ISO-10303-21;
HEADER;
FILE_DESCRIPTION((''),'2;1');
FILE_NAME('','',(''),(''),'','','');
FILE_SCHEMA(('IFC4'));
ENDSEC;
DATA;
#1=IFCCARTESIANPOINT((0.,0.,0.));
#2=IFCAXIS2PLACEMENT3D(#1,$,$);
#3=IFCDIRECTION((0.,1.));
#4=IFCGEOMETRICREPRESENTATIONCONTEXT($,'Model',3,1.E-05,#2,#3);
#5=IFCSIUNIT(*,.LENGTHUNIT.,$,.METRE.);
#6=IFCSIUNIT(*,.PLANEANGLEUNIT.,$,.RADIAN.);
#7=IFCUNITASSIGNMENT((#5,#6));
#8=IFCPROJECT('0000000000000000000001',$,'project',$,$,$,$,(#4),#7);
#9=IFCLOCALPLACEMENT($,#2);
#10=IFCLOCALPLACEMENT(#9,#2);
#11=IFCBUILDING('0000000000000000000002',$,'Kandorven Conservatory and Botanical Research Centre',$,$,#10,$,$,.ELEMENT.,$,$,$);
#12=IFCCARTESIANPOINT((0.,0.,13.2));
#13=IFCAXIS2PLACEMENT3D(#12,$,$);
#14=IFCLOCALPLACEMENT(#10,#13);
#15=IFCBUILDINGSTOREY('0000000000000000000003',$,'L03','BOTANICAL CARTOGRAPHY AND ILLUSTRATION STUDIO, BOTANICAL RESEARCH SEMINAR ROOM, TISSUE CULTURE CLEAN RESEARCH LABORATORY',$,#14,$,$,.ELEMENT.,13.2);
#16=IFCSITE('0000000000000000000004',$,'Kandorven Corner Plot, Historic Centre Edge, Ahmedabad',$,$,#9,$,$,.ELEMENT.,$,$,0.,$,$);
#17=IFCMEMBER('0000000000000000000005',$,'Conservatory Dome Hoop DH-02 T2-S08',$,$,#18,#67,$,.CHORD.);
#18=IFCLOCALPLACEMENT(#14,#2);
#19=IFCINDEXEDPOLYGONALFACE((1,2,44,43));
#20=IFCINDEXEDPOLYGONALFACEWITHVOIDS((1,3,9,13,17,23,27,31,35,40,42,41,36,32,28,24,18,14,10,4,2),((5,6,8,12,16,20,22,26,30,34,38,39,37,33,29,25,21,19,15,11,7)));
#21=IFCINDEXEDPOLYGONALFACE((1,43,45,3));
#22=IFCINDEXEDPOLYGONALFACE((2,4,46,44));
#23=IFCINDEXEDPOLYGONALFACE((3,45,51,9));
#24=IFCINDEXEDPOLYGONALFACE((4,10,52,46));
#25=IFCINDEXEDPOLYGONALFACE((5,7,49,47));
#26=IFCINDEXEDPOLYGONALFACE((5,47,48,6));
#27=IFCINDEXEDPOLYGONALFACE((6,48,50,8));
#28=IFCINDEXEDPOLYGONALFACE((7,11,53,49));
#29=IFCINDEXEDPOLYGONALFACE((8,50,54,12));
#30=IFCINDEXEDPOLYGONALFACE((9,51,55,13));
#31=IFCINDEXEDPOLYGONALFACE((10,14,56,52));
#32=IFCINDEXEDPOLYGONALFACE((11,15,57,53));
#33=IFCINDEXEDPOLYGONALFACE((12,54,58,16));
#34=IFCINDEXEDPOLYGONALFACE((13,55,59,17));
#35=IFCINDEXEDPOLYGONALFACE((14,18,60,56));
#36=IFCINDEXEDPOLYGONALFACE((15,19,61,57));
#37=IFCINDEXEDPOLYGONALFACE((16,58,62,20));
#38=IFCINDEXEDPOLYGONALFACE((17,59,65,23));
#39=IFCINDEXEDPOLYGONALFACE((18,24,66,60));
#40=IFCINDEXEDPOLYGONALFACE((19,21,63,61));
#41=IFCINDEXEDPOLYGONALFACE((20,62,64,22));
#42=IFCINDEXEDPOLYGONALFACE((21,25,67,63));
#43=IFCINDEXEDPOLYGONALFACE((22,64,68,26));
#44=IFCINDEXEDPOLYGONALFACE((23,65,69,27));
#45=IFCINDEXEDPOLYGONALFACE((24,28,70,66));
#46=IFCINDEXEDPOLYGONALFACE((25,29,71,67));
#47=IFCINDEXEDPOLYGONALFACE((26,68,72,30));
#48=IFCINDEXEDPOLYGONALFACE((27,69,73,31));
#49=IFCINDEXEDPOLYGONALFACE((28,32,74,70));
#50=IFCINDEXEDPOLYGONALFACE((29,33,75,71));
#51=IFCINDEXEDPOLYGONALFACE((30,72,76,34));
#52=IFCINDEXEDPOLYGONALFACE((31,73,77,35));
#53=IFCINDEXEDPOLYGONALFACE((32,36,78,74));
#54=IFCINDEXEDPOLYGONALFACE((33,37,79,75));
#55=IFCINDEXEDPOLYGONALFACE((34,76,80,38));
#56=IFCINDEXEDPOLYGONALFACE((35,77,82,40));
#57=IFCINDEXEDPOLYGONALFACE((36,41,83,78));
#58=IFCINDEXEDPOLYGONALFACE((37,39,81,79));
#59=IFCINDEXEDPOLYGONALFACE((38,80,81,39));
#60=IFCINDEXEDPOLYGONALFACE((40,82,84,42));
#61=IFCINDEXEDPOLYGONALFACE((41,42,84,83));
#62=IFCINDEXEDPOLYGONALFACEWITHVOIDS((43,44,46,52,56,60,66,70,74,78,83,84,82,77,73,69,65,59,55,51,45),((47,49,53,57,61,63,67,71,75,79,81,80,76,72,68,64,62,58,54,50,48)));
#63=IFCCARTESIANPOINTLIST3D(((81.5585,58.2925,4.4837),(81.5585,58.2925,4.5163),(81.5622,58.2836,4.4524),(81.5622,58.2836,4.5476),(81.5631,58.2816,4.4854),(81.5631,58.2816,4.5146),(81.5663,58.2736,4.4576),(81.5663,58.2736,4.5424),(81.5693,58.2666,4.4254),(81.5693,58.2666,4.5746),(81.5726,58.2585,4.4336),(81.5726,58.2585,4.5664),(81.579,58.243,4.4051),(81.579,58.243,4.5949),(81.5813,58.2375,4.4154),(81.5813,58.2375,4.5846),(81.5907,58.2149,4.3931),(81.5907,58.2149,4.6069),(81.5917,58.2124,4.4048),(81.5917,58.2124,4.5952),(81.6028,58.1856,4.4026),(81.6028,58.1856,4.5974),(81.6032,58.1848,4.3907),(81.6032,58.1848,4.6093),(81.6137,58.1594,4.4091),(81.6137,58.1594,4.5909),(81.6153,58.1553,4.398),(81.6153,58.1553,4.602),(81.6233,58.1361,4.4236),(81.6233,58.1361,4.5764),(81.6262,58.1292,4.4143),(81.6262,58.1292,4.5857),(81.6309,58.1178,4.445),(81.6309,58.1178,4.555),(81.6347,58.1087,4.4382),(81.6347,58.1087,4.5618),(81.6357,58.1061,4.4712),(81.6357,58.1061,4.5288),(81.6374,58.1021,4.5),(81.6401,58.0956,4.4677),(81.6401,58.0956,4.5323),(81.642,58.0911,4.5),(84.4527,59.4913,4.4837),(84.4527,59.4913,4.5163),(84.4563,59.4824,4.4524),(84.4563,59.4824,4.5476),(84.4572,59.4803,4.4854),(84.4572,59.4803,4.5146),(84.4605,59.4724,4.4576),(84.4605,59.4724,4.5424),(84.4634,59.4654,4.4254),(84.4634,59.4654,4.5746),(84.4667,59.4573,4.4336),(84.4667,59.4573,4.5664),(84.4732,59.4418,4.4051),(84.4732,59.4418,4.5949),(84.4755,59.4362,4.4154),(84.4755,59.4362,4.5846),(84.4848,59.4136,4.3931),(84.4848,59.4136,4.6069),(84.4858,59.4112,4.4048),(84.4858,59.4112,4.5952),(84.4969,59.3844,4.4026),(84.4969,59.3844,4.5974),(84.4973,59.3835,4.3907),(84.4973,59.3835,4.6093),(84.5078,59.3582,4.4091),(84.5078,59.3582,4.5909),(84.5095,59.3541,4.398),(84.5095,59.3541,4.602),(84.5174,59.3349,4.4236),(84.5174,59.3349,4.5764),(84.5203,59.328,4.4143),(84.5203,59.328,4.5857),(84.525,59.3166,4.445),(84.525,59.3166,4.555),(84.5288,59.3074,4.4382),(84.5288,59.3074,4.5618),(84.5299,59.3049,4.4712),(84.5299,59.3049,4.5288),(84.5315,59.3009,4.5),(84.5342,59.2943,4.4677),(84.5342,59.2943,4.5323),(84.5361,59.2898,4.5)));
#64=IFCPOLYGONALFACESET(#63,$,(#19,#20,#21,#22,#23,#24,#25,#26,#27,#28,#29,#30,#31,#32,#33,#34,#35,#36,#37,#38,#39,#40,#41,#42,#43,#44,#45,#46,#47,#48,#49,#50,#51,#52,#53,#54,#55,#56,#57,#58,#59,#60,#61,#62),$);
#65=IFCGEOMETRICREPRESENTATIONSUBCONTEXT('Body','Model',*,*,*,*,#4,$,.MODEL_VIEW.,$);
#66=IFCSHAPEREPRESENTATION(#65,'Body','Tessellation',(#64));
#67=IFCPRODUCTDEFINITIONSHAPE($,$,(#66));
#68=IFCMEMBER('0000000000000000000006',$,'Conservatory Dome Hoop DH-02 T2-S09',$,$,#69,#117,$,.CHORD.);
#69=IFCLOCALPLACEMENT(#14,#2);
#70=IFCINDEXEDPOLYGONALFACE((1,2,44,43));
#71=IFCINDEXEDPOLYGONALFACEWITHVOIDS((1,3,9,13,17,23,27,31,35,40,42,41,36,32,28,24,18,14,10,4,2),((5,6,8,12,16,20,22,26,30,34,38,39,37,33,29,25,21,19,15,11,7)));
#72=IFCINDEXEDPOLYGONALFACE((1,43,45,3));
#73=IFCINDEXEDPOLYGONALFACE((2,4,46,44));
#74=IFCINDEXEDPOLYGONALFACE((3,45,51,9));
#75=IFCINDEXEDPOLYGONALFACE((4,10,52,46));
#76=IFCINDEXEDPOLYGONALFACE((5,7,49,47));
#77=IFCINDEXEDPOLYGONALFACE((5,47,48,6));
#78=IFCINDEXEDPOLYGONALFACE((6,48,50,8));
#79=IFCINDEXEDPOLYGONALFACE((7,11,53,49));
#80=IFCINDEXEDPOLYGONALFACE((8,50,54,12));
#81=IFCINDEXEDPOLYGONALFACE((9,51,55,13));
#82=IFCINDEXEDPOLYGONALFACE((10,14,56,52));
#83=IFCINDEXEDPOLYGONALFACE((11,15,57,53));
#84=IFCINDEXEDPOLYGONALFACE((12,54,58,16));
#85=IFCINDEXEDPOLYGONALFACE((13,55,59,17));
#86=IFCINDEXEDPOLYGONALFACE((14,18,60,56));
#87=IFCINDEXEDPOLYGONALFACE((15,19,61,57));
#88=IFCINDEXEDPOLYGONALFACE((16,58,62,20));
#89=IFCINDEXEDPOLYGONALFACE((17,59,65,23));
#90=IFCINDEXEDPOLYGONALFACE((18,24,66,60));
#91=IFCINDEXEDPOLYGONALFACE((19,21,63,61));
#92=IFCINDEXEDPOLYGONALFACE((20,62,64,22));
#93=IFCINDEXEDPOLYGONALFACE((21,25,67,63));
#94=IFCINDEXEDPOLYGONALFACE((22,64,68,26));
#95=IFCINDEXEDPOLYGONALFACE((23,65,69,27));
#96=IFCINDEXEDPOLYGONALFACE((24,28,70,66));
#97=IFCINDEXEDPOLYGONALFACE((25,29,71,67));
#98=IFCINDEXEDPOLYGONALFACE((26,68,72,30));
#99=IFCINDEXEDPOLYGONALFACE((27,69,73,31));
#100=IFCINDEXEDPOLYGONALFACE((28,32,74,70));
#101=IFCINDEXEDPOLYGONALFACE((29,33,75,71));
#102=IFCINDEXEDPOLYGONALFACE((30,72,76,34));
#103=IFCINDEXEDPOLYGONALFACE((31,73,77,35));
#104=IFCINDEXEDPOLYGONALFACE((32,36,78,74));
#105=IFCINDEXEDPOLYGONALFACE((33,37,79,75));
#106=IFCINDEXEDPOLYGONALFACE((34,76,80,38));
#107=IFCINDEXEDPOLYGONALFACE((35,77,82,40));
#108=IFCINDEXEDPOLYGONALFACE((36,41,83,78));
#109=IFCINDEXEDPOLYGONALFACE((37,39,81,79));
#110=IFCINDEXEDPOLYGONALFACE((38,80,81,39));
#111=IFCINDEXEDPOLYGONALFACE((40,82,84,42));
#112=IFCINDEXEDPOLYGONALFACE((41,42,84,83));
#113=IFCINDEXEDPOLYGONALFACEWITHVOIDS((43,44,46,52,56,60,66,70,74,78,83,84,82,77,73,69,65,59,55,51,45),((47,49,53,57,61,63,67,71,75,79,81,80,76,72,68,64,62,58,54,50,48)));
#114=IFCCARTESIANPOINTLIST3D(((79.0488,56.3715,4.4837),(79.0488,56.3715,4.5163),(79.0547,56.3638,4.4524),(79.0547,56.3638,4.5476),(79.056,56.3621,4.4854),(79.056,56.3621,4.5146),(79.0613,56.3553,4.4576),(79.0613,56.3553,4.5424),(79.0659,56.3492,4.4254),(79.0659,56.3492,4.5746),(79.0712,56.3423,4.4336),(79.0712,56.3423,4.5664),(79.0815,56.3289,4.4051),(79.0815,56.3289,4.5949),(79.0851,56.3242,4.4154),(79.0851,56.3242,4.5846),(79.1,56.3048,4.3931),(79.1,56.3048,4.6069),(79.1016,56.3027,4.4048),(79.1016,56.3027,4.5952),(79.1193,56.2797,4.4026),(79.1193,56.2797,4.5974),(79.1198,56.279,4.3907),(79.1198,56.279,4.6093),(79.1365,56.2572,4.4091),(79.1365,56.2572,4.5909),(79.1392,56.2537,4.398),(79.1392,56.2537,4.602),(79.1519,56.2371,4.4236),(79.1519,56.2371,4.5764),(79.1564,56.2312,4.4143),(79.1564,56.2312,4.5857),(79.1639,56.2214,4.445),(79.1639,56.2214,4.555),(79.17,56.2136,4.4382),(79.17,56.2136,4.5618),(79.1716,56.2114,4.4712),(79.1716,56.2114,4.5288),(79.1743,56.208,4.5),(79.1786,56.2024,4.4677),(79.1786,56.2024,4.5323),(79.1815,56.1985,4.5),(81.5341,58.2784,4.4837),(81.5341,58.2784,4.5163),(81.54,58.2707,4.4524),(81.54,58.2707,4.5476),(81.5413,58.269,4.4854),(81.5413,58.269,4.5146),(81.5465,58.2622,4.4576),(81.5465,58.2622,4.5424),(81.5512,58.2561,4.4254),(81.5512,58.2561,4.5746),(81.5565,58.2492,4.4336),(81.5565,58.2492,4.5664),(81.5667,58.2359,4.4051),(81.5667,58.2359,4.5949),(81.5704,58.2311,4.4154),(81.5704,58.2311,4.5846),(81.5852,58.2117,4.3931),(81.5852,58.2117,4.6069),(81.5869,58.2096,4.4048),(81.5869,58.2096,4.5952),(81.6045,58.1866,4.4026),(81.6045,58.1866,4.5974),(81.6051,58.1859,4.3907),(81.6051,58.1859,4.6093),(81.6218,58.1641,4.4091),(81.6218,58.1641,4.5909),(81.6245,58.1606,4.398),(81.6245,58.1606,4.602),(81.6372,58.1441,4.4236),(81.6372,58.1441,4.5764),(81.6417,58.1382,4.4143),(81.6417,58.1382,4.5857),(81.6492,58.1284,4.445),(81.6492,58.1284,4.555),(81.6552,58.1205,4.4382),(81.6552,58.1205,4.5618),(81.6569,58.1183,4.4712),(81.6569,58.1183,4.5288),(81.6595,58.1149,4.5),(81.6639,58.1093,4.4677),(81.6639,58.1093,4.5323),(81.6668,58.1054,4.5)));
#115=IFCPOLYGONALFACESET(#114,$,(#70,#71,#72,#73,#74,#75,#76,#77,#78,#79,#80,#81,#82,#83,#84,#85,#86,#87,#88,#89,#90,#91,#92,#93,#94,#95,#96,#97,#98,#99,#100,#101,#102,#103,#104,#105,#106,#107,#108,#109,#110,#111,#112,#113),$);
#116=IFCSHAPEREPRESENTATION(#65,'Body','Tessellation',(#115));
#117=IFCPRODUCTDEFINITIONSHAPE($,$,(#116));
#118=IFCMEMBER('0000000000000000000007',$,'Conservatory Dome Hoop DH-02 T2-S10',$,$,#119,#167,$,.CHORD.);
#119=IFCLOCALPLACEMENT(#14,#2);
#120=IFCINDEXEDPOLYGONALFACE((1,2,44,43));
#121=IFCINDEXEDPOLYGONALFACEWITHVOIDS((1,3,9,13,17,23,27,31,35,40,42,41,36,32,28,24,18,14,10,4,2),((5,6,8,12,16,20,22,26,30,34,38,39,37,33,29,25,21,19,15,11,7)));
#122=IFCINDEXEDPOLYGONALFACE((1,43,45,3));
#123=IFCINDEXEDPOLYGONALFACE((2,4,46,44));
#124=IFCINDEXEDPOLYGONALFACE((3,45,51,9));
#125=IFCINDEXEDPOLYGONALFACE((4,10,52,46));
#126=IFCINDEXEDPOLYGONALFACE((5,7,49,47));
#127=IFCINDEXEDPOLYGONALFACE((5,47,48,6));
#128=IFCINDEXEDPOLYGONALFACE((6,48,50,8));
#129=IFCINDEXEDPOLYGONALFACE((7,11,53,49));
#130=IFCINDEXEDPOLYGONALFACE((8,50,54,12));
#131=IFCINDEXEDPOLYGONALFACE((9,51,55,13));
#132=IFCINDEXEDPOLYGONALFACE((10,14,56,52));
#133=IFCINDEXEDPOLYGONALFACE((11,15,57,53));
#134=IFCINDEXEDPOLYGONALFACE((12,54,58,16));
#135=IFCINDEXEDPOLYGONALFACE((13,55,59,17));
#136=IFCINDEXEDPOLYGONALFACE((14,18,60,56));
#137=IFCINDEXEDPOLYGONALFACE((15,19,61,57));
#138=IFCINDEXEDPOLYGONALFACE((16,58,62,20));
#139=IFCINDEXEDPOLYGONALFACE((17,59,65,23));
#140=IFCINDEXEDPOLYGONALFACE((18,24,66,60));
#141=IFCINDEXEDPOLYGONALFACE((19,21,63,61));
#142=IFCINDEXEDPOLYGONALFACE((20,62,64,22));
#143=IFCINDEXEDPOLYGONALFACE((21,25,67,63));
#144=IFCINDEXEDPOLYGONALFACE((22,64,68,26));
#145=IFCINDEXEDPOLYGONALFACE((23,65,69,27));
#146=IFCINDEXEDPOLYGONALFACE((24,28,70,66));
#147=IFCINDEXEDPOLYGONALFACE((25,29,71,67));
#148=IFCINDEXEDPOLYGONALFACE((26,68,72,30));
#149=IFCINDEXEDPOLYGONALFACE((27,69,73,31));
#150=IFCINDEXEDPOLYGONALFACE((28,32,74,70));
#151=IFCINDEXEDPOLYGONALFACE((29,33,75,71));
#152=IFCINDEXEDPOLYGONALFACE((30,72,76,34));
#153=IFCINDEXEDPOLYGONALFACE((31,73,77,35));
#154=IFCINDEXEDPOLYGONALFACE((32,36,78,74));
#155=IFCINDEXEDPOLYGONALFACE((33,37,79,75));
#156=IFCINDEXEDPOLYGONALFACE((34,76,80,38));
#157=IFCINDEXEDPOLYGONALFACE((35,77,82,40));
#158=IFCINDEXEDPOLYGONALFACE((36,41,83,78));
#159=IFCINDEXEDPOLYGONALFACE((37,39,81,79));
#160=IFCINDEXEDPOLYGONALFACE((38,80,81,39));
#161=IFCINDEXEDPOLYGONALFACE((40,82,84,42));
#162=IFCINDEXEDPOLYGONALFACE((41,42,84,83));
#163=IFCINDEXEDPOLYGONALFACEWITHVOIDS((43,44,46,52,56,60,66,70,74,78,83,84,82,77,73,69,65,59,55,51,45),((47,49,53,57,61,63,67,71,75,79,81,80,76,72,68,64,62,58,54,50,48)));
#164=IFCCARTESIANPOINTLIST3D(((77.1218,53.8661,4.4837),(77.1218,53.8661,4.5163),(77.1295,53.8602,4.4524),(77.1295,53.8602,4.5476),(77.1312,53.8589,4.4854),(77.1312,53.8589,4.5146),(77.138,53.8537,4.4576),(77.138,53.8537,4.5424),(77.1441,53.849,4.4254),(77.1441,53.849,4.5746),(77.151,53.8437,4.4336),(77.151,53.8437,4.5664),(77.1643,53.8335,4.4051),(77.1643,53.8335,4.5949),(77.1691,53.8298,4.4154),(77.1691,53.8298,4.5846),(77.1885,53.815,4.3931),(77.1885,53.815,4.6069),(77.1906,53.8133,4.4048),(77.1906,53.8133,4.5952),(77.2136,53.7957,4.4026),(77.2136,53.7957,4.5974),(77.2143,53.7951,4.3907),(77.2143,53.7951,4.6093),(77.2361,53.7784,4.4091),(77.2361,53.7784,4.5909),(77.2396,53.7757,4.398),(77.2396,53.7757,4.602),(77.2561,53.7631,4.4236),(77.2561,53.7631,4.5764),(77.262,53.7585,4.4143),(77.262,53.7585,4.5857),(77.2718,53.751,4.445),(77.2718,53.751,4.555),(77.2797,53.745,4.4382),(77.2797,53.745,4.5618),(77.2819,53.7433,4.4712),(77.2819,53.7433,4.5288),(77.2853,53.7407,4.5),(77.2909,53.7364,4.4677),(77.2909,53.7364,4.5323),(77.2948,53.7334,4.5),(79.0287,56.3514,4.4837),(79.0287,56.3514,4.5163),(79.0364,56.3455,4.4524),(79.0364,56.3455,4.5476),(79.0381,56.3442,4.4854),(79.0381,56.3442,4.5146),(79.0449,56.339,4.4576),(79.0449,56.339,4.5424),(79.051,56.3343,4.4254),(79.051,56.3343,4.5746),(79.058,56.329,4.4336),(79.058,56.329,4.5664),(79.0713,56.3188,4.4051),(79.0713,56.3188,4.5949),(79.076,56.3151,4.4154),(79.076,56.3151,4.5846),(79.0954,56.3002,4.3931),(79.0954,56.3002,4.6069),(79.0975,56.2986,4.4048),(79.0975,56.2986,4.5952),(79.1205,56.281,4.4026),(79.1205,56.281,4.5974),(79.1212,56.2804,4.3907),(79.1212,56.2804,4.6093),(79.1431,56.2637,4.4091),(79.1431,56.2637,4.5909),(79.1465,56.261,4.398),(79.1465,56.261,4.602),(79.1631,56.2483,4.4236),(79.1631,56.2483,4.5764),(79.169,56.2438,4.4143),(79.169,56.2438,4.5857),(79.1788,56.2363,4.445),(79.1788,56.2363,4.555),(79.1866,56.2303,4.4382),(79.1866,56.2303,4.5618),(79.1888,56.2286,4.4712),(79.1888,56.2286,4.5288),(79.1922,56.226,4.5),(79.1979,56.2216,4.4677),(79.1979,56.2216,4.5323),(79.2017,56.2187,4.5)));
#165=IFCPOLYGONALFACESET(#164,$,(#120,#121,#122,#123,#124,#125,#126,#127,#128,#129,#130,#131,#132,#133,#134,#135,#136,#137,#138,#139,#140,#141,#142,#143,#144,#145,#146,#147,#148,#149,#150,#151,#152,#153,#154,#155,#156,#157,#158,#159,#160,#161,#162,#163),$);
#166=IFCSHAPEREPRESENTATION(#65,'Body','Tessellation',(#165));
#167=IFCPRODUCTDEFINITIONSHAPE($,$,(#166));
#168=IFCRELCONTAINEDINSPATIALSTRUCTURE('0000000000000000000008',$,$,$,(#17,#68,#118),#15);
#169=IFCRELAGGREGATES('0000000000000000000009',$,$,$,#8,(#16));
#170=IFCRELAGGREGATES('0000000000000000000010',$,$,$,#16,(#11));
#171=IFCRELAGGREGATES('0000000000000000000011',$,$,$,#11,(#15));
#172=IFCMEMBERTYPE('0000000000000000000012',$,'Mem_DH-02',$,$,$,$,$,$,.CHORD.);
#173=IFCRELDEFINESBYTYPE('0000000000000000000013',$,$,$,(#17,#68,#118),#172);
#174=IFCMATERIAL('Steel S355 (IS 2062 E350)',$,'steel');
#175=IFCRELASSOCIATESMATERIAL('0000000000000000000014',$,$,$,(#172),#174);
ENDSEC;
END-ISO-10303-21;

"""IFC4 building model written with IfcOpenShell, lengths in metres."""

from ifc_helpers import new_model, si_unit, direction, frame, origin, origin_2d, place, context, subcontext, project, spatial, hollow_circle, extrude, material, material_profile, profile_set, type_object, element, save


model = new_model("IFC4")

# Units and contexts
model_context = context("Model", 3, precision=1e-05, world=origin(), true_north=direction((0.0, 1.0)))
body_context = subcontext(model_context, "Body", "Model", "MODEL_VIEW")
ifc_project = project(units=[si_unit("LENGTHUNIT", "METRE"), si_unit("PLANEANGLEUNIT", "RADIAN")], contexts=[model_context])

# Site, building, storey
site_placement = place(None, origin())
site = spatial("IfcSite", under=ifc_project, at=site_placement, Name="Kandorven Corner Plot, Historic Centre Edge, Ahmedabad", CompositionType="ELEMENT", RefElevation=0.0)
building_placement = place(site_placement, origin())
building = spatial("IfcBuilding", under=site, at=building_placement, Name="Kandorven Conservatory and Botanical Research Centre", CompositionType="ELEMENT")
storey_placement = place(building_placement, frame((0.0, 0.0, 13.2)))
storey = spatial("IfcBuildingStorey", under=building, at=storey_placement, Name="L03", Description="BOTANICAL CARTOGRAPHY AND ILLUSTRATION STUDIO, BOTANICAL RESEARCH SEMINAR ROOM, TISSUE CULTURE CLEAN RESEARCH LABORATORY", CompositionType="ELEMENT", Elevation=13.2)

# Members
ifc_material_1 = material(Name="Steel S355 (IS 2062 E350)", Category="steel")
ifc_material_profile_1 = material_profile(ifc_material_1, hollow_circle(Radius=0.1096, WallThickness=0.012, at=origin_2d()))
ifc_profile_set_1 = profile_set([ifc_material_profile_1], Name="Steel S355 (IS 2062 E350)")
member_type_1 = type_object("IfcMemberType", Name="Mem_DH-02", PredefinedType="CHORD", material=ifc_profile_set_1)
for number, where, z_axis, x_axis, name in (
    (1, (84.4941, 59.3911, 4.5), (-0.923882, -0.382678, 0.0), (0.382678, -0.923882, 0.0), "Conservatory Dome Hoop DH-02 T2-S08"),
    (2, (81.6001, 58.1924, 4.5), (-0.793368, -0.608742, 0.0), (0.608742, -0.793368, 0.0), "Conservatory Dome Hoop DH-02 T2-S09"),
    (3, (79.1147, 56.2854, 4.5), (-0.608742, -0.793368, 0.0), (0.793368, -0.608742, 0.0), "Conservatory Dome Hoop DH-02 T2-S10"),
):
    element("IfcMember", number, at=place(storey_placement, frame(where, z_axis=z_axis, x_axis=x_axis)), inside=storey, type_object=member_type_1, Name=name, PredefinedType="CHORD", context=body_context, shape_type="SweptSolid", body=[
        extrude(hollow_circle(Radius=0.1096, WallThickness=0.012, at=origin_2d()), origin(), (0.0, 0.0, 1.0), 3.1326),
    ])

save(model, "model.ifc")
